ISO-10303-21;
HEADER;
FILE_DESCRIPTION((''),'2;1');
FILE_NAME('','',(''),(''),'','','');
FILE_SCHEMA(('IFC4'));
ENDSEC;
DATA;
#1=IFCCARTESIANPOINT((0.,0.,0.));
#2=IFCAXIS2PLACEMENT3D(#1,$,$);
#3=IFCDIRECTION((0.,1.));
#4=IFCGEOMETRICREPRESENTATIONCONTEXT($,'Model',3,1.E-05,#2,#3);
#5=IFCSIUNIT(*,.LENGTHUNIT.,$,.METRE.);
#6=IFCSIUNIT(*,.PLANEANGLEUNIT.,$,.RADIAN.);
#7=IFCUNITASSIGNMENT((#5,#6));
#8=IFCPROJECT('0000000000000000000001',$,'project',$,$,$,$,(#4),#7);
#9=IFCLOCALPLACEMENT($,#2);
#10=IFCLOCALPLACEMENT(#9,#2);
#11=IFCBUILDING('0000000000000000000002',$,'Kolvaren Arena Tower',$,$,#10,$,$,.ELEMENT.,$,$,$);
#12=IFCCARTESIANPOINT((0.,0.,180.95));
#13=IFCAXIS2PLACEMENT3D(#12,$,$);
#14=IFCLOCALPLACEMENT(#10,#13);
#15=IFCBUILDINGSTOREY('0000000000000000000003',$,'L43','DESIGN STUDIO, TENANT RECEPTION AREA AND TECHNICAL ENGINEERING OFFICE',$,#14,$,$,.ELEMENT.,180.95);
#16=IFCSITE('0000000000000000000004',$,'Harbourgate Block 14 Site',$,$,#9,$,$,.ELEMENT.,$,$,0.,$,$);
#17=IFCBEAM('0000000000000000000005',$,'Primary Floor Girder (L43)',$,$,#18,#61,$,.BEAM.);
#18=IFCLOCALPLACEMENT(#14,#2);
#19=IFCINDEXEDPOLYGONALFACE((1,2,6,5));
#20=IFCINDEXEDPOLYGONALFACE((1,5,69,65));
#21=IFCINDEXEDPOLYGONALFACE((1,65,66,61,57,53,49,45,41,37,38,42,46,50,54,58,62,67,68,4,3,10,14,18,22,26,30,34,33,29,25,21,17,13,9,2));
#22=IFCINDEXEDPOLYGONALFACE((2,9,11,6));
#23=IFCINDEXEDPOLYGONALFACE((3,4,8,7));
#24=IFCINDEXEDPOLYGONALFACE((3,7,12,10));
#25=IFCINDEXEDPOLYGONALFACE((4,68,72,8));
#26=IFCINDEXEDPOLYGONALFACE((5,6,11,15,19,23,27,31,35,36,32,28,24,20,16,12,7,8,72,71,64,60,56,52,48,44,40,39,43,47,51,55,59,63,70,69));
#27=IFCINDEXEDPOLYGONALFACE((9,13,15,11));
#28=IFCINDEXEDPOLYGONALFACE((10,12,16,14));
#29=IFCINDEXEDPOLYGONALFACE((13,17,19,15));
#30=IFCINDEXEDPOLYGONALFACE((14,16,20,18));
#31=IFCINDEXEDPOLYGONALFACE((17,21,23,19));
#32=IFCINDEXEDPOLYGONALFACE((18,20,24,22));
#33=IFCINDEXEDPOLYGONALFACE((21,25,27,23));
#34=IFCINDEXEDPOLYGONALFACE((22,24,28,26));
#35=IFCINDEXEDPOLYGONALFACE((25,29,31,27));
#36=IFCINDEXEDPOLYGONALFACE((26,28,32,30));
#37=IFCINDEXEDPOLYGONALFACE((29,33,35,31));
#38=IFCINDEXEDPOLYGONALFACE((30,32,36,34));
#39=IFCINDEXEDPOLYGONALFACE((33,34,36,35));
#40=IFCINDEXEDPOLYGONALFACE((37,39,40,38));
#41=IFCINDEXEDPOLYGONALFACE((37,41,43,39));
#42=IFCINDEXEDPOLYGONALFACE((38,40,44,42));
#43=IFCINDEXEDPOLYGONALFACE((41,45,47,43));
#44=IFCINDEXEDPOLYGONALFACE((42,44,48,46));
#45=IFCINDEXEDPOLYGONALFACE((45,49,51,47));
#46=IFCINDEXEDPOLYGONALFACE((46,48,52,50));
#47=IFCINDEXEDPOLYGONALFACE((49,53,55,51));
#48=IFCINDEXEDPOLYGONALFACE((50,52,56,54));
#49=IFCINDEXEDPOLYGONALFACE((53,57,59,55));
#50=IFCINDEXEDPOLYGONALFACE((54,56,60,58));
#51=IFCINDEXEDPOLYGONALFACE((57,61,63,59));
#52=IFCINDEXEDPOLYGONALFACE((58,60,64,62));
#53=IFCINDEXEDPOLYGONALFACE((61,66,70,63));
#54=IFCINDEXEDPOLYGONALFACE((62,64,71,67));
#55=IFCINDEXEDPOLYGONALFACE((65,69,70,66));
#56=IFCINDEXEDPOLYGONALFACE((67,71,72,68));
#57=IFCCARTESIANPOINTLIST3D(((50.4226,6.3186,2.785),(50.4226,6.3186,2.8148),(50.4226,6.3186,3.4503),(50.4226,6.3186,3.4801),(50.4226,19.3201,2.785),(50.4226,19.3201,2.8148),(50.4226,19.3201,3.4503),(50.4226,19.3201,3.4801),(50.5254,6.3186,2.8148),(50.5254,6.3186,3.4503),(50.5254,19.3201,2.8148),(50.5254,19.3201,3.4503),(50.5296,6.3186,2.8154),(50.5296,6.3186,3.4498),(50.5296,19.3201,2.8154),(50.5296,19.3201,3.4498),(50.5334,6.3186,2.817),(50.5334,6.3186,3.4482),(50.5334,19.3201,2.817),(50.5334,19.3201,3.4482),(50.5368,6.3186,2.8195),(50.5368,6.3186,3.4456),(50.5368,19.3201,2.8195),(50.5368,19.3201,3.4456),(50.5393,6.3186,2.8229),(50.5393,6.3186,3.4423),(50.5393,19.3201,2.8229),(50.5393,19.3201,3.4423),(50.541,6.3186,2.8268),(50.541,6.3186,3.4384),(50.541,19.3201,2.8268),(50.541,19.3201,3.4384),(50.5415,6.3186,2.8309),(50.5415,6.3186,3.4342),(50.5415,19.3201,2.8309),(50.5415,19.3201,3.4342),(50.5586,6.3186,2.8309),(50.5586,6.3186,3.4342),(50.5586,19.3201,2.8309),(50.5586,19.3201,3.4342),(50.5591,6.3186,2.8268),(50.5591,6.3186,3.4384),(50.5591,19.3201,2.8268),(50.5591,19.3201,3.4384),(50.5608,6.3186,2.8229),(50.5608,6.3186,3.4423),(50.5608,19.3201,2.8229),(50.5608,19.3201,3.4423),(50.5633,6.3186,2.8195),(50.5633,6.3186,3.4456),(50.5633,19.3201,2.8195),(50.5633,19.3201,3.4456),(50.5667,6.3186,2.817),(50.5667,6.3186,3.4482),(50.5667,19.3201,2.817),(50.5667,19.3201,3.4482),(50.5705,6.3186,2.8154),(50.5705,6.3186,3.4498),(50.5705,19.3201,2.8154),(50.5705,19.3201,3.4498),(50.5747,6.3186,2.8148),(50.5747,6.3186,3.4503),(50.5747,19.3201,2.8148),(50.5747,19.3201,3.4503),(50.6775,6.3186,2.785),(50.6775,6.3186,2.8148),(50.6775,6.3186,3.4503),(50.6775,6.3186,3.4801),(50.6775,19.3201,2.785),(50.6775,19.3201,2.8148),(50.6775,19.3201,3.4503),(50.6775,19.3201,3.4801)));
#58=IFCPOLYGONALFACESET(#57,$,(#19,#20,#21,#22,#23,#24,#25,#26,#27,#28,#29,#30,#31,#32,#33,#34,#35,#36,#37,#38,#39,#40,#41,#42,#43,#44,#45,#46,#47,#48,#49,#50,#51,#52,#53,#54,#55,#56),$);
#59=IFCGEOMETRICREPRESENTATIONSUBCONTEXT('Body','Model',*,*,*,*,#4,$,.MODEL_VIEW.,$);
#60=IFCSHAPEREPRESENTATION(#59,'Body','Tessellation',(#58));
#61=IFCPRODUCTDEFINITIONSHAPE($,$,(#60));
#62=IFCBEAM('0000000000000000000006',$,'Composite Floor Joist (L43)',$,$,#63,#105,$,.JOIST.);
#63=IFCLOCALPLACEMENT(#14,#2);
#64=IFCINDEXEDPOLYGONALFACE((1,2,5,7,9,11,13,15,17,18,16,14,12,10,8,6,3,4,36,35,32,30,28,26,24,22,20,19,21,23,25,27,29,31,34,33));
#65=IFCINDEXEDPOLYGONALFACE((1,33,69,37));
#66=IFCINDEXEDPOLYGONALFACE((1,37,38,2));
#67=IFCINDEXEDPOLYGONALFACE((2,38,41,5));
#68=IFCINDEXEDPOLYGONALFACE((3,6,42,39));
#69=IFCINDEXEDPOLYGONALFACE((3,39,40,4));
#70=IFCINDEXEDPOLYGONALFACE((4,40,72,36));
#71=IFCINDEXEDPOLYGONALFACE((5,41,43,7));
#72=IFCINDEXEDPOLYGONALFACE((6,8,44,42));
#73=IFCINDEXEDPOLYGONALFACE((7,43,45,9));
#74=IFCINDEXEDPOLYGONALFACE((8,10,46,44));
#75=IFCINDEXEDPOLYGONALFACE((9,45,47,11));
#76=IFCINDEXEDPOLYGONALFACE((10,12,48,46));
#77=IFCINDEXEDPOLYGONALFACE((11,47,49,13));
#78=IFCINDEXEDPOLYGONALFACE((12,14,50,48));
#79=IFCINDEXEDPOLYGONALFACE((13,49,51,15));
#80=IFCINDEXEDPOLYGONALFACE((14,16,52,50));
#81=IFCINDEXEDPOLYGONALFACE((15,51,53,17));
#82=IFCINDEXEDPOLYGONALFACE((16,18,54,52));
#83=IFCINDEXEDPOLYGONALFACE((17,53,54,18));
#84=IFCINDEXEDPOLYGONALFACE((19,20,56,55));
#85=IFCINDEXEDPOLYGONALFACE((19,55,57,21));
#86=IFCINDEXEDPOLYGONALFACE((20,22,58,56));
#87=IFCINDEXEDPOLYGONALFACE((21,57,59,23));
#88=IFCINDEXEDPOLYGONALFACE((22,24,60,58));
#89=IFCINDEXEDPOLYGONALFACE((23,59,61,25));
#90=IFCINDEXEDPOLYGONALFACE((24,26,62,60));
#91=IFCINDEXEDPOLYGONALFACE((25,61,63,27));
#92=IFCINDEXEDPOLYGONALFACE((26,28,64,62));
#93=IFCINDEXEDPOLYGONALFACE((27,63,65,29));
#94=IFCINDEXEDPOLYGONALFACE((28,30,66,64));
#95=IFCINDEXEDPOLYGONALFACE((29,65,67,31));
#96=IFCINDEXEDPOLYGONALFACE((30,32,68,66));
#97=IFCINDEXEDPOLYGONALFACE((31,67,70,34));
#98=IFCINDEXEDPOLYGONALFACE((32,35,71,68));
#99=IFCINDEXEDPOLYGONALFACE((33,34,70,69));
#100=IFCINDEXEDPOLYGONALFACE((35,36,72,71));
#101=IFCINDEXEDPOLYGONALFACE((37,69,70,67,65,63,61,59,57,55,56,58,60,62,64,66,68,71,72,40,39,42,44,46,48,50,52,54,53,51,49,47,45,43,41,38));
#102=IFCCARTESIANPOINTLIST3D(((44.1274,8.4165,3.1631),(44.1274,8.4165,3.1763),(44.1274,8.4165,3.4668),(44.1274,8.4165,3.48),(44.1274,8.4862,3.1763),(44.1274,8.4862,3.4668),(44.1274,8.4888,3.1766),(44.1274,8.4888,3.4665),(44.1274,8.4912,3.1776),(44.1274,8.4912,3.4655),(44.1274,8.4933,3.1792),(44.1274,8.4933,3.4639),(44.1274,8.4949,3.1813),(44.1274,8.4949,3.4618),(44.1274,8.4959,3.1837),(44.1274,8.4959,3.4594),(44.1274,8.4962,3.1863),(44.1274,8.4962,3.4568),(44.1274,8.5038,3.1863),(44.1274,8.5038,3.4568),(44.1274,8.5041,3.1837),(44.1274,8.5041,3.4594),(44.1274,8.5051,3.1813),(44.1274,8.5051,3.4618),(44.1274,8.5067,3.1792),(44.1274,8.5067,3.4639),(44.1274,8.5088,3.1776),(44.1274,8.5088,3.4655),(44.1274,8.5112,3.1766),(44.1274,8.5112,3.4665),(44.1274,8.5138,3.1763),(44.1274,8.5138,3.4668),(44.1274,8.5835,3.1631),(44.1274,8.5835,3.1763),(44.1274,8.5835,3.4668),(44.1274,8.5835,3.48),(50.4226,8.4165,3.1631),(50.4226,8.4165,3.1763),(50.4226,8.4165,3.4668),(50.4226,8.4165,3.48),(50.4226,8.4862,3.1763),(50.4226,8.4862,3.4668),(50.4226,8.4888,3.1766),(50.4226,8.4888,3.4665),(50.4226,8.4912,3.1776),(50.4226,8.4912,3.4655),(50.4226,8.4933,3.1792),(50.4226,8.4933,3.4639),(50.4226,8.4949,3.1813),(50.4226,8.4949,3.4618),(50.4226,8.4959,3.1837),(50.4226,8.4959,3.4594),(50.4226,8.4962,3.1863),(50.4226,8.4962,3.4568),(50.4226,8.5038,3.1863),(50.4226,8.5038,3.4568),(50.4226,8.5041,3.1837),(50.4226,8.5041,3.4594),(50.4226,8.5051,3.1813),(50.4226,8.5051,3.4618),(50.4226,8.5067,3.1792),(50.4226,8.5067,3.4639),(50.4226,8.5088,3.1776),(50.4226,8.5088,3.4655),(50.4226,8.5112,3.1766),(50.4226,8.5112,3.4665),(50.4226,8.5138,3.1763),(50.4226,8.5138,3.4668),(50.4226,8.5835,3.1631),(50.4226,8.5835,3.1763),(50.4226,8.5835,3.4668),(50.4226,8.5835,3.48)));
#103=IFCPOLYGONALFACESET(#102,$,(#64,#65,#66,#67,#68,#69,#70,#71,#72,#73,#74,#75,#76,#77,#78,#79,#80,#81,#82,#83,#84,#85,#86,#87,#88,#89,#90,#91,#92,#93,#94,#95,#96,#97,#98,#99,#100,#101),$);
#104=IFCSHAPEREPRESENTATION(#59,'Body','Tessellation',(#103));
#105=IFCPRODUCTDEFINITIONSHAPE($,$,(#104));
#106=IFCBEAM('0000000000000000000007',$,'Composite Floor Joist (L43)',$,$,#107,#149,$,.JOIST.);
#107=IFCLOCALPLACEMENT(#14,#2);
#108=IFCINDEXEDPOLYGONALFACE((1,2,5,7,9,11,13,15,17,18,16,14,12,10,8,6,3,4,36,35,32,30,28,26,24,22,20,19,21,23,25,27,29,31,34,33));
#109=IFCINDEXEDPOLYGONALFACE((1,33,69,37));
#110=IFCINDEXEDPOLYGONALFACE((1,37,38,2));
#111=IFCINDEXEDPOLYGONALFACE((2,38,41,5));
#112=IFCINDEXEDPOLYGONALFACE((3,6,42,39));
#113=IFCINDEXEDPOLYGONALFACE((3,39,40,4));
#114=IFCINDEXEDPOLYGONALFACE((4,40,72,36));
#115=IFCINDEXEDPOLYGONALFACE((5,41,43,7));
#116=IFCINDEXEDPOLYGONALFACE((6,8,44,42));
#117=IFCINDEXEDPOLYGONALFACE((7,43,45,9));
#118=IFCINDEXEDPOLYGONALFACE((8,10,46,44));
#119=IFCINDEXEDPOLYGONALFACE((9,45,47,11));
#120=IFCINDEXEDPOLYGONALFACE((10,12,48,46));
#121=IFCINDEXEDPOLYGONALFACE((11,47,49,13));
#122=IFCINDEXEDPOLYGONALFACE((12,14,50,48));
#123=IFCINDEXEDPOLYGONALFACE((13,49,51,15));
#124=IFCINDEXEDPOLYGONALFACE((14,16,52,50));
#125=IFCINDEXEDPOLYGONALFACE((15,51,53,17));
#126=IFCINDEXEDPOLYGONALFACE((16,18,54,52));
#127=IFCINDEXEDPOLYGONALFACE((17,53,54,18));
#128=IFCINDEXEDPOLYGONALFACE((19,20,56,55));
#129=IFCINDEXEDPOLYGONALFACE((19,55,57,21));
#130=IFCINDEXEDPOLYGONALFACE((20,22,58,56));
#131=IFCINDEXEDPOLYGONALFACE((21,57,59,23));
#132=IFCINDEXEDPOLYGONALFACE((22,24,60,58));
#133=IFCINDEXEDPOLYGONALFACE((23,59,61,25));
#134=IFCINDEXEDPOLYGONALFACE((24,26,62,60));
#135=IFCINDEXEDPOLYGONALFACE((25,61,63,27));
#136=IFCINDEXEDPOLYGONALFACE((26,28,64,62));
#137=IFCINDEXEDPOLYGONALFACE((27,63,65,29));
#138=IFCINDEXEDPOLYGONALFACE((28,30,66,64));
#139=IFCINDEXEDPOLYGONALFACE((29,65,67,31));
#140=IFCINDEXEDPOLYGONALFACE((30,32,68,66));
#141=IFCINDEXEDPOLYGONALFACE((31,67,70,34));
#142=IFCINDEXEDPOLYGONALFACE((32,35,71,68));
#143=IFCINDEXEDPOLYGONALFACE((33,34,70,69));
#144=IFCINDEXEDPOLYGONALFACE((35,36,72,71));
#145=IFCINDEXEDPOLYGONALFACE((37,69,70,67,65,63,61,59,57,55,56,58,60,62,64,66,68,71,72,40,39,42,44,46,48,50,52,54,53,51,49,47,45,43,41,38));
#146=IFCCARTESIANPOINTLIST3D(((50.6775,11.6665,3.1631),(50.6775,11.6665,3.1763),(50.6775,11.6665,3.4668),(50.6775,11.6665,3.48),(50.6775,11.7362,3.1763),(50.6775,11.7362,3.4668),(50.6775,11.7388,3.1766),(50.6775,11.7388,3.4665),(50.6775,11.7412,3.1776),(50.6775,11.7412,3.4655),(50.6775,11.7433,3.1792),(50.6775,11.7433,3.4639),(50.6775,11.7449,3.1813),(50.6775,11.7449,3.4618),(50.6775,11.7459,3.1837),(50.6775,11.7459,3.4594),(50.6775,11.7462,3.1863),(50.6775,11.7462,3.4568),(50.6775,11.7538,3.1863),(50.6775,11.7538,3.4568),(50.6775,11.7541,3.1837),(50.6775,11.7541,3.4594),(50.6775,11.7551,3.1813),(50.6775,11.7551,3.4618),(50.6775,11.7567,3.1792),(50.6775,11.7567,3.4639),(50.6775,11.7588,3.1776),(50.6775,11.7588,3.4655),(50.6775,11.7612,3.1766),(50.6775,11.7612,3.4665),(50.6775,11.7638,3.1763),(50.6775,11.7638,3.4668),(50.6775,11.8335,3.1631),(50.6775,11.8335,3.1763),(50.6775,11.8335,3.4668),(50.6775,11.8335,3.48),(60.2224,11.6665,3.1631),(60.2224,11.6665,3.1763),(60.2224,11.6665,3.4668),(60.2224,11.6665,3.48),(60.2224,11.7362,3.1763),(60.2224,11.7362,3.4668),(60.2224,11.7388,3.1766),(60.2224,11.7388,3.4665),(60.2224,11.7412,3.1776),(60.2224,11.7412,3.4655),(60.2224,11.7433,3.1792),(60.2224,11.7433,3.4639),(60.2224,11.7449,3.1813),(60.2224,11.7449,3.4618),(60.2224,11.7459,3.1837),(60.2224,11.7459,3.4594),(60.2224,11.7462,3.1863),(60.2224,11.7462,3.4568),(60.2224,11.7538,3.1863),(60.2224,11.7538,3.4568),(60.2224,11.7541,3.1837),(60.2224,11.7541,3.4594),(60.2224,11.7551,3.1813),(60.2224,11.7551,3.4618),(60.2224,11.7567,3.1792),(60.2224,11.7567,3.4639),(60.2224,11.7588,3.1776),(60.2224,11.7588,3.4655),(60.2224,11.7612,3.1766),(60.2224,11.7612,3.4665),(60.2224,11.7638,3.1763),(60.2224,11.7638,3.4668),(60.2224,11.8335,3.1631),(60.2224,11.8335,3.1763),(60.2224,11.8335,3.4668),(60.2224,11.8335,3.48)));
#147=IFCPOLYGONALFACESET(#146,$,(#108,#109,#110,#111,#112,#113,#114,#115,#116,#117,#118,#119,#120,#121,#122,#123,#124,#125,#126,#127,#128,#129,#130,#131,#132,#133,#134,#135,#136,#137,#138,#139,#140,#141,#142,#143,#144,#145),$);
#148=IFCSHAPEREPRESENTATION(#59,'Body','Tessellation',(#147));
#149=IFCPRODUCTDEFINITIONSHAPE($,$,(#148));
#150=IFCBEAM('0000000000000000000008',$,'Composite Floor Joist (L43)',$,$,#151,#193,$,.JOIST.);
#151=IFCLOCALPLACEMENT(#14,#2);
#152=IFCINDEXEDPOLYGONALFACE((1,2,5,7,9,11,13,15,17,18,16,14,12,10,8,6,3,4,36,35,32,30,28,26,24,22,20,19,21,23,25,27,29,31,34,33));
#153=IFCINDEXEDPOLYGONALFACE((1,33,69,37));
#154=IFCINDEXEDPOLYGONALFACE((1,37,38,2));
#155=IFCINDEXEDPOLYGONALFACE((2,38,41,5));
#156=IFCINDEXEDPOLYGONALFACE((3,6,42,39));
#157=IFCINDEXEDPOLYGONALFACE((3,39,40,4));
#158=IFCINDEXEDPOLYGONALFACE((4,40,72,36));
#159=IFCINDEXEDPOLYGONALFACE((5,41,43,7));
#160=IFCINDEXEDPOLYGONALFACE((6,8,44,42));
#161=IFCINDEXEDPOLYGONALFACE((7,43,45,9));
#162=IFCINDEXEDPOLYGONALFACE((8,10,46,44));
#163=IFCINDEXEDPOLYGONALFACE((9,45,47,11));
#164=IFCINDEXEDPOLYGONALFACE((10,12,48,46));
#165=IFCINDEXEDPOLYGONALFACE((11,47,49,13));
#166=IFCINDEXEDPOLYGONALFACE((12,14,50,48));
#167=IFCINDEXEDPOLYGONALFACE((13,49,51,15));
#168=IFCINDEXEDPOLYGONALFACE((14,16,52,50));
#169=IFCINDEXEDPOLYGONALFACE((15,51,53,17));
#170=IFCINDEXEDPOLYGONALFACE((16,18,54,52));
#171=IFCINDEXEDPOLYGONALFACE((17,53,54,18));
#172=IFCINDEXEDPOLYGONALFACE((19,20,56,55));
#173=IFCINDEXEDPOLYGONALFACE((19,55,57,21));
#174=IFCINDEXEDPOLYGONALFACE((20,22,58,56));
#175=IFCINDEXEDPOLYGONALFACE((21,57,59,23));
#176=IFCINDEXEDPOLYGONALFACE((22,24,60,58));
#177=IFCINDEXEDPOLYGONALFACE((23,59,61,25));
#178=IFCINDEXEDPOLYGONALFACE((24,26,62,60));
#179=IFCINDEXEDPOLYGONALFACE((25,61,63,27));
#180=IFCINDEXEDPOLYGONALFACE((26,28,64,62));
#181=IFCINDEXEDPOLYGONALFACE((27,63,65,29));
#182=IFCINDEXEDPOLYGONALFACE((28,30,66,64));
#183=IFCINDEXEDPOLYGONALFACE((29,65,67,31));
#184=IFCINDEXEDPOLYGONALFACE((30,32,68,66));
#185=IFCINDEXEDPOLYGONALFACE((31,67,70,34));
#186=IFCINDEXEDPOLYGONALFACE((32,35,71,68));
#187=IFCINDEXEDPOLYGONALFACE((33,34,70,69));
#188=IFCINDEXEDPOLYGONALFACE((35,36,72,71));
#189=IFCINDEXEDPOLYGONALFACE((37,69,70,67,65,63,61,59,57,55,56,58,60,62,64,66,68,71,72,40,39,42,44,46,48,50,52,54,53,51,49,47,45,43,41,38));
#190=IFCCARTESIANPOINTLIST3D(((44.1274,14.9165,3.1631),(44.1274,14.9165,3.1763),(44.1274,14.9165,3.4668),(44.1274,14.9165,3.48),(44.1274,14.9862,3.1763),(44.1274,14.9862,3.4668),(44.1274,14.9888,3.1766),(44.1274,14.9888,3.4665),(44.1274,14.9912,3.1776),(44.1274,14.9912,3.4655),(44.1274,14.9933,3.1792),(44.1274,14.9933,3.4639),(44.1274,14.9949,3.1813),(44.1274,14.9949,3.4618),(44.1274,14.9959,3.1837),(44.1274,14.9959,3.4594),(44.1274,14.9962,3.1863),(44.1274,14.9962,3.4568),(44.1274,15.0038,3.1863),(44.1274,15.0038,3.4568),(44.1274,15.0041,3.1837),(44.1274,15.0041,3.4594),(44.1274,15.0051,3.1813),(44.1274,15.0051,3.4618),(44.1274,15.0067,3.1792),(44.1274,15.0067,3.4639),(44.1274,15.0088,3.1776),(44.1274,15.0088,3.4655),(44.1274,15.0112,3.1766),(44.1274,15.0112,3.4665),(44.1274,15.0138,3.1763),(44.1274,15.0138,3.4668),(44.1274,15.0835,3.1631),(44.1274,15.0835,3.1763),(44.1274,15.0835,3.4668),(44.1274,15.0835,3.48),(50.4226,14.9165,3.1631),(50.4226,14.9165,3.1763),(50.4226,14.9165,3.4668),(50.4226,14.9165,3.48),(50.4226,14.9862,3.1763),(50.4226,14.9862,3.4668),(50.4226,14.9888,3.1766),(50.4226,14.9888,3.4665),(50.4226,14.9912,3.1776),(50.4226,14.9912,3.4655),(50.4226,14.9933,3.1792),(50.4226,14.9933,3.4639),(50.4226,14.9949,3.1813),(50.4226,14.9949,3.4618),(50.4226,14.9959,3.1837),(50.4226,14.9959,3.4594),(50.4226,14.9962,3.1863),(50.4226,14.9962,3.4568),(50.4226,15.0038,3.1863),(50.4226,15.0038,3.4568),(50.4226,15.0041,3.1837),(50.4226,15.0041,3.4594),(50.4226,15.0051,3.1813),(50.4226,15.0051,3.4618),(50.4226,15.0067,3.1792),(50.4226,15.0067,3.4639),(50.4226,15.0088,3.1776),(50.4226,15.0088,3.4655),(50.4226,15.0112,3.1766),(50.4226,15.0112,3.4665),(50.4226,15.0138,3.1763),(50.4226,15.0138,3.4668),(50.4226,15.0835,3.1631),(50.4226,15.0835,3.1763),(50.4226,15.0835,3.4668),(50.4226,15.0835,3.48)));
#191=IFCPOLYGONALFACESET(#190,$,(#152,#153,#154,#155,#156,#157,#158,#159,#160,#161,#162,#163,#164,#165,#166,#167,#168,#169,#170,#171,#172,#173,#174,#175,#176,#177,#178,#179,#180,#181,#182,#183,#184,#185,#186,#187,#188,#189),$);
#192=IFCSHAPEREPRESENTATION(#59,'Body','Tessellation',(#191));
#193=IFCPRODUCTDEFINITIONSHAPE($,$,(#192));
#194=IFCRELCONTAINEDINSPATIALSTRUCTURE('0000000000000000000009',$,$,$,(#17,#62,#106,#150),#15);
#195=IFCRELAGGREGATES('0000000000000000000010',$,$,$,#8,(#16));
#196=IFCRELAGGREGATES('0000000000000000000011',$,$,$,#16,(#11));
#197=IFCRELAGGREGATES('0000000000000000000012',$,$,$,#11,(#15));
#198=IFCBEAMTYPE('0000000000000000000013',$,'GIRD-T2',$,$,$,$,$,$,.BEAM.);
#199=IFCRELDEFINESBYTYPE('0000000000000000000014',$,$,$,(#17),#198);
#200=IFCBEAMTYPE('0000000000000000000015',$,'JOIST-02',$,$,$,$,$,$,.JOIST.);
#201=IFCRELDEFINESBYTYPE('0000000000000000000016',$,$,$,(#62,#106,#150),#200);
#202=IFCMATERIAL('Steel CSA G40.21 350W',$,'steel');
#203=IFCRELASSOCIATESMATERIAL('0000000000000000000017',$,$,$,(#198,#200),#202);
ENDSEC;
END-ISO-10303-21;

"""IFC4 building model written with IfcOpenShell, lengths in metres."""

from ifc_helpers import new_model, si_unit, direction, frame, origin, origin_2d, place, context, subcontext, project, spatial, i_section, extrude, material, material_profile, profile_set, type_object, element, save


model = new_model("IFC4")

# Units and contexts
model_context = context("Model", 3, precision=1e-05, world=origin(), true_north=direction((0.0, 1.0)))
body_context = subcontext(model_context, "Body", "Model", "MODEL_VIEW")
ifc_project = project(units=[si_unit("LENGTHUNIT", "METRE"), si_unit("PLANEANGLEUNIT", "RADIAN")], contexts=[model_context])

# Site, building, storey
site_placement = place(None, origin())
site = spatial("IfcSite", under=ifc_project, at=site_placement, Name="Harbourgate Block 14 Site", CompositionType="ELEMENT", RefElevation=0.0)
building_placement = place(site_placement, origin())
building = spatial("IfcBuilding", under=site, at=building_placement, Name="Kolvaren Arena Tower", CompositionType="ELEMENT")
storey_placement = place(building_placement, frame((0.0, 0.0, 180.95)))
storey = spatial("IfcBuildingStorey", under=building, at=storey_placement, Name="L43", Description="DESIGN STUDIO, TENANT RECEPTION AREA AND TECHNICAL ENGINEERING OFFICE", CompositionType="ELEMENT", Elevation=180.95)

# Beams
ifc_material_1 = material(Name="Steel CSA G40.21 350W", Category="steel")
ifc_material_profile_1 = material_profile(ifc_material_1, i_section(OverallWidth=0.2549, OverallDepth=0.6951, WebThickness=0.0171, FlangeThickness=0.0298, FilletRadius=0.0161, at=origin_2d()), Name="W690x217")
ifc_profile_set_1 = profile_set([ifc_material_profile_1], Name="Steel CSA G40.21 350W")
beam_type_1 = type_object("IfcBeamType", Name="GIRD-T2", PredefinedType="BEAM", material=ifc_profile_set_1)
beam_1_placement = place(storey_placement, frame((50.55, 6.3186, 3.1326), z_axis=(0.0, 1.0, 0.0), x_axis=(-1.0, 0.0, 0.0)))
element("IfcBeam", 1, at=beam_1_placement, inside=storey, type_object=beam_type_1, Name="Primary Floor Girder (L43)", PredefinedType="BEAM", context=body_context, shape_type="SweptSolid", body=[
    extrude(i_section(OverallWidth=0.2549, OverallDepth=0.6951, WebThickness=0.0171, FlangeThickness=0.0298, FilletRadius=0.0161, at=origin_2d()), origin(), (0.0, 0.0, 1.0), 13.0015),
])
ifc_material_profile_2 = material_profile(ifc_material_1, i_section(OverallWidth=0.167, OverallDepth=0.3169, WebThickness=0.0076, FlangeThickness=0.0132, FilletRadius=0.01, at=origin_2d()), Name="W310x52")
ifc_profile_set_2 = profile_set([ifc_material_profile_2], Name="Steel CSA G40.21 350W")
beam_type_2 = type_object("IfcBeamType", Name="JOIST-02", PredefinedType="JOIST", material=ifc_profile_set_2)
beam_2_placement = place(storey_placement, frame((44.1274, 8.5, 3.3215), z_axis=(1.0, 0.0, 0.0), x_axis=(0.0, 1.0, 0.0)))
element("IfcBeam", 2, at=beam_2_placement, inside=storey, type_object=beam_type_2, Name="Composite Floor Joist (L43)", PredefinedType="JOIST", context=body_context, shape_type="SweptSolid", body=[
    extrude(i_section(OverallWidth=0.167, OverallDepth=0.3169, WebThickness=0.0076, FlangeThickness=0.0132, FilletRadius=0.01, at=origin_2d()), origin(), (0.0, 0.0, 1.0), 6.2952),
])
beam_3_placement = place(storey_placement, frame((50.6775, 11.75, 3.3215), z_axis=(1.0, 0.0, 0.0), x_axis=(0.0, 1.0, 0.0)))
element("IfcBeam", 3, at=beam_3_placement, inside=storey, type_object=beam_type_2, Name="Composite Floor Joist (L43)", PredefinedType="JOIST", context=body_context, shape_type="SweptSolid", body=[
    extrude(i_section(OverallWidth=0.167, OverallDepth=0.3169, WebThickness=0.0076, FlangeThickness=0.0132, FilletRadius=0.01, at=origin_2d()), origin(), (0.0, 0.0, 1.0), 9.5449),
])
beam_4_placement = place(storey_placement, frame((44.1274, 15.0, 3.3215), z_axis=(1.0, 0.0, 0.0), x_axis=(0.0, 1.0, 0.0)))
element("IfcBeam", 4, at=beam_4_placement, inside=storey, type_object=beam_type_2, Name="Composite Floor Joist (L43)", PredefinedType="JOIST", context=body_context, shape_type="SweptSolid", body=[
    extrude(i_section(OverallWidth=0.167, OverallDepth=0.3169, WebThickness=0.0076, FlangeThickness=0.0132, FilletRadius=0.01, at=origin_2d()), origin(), (0.0, 0.0, 1.0), 6.2952),
])

save(model, "model.ifc")
